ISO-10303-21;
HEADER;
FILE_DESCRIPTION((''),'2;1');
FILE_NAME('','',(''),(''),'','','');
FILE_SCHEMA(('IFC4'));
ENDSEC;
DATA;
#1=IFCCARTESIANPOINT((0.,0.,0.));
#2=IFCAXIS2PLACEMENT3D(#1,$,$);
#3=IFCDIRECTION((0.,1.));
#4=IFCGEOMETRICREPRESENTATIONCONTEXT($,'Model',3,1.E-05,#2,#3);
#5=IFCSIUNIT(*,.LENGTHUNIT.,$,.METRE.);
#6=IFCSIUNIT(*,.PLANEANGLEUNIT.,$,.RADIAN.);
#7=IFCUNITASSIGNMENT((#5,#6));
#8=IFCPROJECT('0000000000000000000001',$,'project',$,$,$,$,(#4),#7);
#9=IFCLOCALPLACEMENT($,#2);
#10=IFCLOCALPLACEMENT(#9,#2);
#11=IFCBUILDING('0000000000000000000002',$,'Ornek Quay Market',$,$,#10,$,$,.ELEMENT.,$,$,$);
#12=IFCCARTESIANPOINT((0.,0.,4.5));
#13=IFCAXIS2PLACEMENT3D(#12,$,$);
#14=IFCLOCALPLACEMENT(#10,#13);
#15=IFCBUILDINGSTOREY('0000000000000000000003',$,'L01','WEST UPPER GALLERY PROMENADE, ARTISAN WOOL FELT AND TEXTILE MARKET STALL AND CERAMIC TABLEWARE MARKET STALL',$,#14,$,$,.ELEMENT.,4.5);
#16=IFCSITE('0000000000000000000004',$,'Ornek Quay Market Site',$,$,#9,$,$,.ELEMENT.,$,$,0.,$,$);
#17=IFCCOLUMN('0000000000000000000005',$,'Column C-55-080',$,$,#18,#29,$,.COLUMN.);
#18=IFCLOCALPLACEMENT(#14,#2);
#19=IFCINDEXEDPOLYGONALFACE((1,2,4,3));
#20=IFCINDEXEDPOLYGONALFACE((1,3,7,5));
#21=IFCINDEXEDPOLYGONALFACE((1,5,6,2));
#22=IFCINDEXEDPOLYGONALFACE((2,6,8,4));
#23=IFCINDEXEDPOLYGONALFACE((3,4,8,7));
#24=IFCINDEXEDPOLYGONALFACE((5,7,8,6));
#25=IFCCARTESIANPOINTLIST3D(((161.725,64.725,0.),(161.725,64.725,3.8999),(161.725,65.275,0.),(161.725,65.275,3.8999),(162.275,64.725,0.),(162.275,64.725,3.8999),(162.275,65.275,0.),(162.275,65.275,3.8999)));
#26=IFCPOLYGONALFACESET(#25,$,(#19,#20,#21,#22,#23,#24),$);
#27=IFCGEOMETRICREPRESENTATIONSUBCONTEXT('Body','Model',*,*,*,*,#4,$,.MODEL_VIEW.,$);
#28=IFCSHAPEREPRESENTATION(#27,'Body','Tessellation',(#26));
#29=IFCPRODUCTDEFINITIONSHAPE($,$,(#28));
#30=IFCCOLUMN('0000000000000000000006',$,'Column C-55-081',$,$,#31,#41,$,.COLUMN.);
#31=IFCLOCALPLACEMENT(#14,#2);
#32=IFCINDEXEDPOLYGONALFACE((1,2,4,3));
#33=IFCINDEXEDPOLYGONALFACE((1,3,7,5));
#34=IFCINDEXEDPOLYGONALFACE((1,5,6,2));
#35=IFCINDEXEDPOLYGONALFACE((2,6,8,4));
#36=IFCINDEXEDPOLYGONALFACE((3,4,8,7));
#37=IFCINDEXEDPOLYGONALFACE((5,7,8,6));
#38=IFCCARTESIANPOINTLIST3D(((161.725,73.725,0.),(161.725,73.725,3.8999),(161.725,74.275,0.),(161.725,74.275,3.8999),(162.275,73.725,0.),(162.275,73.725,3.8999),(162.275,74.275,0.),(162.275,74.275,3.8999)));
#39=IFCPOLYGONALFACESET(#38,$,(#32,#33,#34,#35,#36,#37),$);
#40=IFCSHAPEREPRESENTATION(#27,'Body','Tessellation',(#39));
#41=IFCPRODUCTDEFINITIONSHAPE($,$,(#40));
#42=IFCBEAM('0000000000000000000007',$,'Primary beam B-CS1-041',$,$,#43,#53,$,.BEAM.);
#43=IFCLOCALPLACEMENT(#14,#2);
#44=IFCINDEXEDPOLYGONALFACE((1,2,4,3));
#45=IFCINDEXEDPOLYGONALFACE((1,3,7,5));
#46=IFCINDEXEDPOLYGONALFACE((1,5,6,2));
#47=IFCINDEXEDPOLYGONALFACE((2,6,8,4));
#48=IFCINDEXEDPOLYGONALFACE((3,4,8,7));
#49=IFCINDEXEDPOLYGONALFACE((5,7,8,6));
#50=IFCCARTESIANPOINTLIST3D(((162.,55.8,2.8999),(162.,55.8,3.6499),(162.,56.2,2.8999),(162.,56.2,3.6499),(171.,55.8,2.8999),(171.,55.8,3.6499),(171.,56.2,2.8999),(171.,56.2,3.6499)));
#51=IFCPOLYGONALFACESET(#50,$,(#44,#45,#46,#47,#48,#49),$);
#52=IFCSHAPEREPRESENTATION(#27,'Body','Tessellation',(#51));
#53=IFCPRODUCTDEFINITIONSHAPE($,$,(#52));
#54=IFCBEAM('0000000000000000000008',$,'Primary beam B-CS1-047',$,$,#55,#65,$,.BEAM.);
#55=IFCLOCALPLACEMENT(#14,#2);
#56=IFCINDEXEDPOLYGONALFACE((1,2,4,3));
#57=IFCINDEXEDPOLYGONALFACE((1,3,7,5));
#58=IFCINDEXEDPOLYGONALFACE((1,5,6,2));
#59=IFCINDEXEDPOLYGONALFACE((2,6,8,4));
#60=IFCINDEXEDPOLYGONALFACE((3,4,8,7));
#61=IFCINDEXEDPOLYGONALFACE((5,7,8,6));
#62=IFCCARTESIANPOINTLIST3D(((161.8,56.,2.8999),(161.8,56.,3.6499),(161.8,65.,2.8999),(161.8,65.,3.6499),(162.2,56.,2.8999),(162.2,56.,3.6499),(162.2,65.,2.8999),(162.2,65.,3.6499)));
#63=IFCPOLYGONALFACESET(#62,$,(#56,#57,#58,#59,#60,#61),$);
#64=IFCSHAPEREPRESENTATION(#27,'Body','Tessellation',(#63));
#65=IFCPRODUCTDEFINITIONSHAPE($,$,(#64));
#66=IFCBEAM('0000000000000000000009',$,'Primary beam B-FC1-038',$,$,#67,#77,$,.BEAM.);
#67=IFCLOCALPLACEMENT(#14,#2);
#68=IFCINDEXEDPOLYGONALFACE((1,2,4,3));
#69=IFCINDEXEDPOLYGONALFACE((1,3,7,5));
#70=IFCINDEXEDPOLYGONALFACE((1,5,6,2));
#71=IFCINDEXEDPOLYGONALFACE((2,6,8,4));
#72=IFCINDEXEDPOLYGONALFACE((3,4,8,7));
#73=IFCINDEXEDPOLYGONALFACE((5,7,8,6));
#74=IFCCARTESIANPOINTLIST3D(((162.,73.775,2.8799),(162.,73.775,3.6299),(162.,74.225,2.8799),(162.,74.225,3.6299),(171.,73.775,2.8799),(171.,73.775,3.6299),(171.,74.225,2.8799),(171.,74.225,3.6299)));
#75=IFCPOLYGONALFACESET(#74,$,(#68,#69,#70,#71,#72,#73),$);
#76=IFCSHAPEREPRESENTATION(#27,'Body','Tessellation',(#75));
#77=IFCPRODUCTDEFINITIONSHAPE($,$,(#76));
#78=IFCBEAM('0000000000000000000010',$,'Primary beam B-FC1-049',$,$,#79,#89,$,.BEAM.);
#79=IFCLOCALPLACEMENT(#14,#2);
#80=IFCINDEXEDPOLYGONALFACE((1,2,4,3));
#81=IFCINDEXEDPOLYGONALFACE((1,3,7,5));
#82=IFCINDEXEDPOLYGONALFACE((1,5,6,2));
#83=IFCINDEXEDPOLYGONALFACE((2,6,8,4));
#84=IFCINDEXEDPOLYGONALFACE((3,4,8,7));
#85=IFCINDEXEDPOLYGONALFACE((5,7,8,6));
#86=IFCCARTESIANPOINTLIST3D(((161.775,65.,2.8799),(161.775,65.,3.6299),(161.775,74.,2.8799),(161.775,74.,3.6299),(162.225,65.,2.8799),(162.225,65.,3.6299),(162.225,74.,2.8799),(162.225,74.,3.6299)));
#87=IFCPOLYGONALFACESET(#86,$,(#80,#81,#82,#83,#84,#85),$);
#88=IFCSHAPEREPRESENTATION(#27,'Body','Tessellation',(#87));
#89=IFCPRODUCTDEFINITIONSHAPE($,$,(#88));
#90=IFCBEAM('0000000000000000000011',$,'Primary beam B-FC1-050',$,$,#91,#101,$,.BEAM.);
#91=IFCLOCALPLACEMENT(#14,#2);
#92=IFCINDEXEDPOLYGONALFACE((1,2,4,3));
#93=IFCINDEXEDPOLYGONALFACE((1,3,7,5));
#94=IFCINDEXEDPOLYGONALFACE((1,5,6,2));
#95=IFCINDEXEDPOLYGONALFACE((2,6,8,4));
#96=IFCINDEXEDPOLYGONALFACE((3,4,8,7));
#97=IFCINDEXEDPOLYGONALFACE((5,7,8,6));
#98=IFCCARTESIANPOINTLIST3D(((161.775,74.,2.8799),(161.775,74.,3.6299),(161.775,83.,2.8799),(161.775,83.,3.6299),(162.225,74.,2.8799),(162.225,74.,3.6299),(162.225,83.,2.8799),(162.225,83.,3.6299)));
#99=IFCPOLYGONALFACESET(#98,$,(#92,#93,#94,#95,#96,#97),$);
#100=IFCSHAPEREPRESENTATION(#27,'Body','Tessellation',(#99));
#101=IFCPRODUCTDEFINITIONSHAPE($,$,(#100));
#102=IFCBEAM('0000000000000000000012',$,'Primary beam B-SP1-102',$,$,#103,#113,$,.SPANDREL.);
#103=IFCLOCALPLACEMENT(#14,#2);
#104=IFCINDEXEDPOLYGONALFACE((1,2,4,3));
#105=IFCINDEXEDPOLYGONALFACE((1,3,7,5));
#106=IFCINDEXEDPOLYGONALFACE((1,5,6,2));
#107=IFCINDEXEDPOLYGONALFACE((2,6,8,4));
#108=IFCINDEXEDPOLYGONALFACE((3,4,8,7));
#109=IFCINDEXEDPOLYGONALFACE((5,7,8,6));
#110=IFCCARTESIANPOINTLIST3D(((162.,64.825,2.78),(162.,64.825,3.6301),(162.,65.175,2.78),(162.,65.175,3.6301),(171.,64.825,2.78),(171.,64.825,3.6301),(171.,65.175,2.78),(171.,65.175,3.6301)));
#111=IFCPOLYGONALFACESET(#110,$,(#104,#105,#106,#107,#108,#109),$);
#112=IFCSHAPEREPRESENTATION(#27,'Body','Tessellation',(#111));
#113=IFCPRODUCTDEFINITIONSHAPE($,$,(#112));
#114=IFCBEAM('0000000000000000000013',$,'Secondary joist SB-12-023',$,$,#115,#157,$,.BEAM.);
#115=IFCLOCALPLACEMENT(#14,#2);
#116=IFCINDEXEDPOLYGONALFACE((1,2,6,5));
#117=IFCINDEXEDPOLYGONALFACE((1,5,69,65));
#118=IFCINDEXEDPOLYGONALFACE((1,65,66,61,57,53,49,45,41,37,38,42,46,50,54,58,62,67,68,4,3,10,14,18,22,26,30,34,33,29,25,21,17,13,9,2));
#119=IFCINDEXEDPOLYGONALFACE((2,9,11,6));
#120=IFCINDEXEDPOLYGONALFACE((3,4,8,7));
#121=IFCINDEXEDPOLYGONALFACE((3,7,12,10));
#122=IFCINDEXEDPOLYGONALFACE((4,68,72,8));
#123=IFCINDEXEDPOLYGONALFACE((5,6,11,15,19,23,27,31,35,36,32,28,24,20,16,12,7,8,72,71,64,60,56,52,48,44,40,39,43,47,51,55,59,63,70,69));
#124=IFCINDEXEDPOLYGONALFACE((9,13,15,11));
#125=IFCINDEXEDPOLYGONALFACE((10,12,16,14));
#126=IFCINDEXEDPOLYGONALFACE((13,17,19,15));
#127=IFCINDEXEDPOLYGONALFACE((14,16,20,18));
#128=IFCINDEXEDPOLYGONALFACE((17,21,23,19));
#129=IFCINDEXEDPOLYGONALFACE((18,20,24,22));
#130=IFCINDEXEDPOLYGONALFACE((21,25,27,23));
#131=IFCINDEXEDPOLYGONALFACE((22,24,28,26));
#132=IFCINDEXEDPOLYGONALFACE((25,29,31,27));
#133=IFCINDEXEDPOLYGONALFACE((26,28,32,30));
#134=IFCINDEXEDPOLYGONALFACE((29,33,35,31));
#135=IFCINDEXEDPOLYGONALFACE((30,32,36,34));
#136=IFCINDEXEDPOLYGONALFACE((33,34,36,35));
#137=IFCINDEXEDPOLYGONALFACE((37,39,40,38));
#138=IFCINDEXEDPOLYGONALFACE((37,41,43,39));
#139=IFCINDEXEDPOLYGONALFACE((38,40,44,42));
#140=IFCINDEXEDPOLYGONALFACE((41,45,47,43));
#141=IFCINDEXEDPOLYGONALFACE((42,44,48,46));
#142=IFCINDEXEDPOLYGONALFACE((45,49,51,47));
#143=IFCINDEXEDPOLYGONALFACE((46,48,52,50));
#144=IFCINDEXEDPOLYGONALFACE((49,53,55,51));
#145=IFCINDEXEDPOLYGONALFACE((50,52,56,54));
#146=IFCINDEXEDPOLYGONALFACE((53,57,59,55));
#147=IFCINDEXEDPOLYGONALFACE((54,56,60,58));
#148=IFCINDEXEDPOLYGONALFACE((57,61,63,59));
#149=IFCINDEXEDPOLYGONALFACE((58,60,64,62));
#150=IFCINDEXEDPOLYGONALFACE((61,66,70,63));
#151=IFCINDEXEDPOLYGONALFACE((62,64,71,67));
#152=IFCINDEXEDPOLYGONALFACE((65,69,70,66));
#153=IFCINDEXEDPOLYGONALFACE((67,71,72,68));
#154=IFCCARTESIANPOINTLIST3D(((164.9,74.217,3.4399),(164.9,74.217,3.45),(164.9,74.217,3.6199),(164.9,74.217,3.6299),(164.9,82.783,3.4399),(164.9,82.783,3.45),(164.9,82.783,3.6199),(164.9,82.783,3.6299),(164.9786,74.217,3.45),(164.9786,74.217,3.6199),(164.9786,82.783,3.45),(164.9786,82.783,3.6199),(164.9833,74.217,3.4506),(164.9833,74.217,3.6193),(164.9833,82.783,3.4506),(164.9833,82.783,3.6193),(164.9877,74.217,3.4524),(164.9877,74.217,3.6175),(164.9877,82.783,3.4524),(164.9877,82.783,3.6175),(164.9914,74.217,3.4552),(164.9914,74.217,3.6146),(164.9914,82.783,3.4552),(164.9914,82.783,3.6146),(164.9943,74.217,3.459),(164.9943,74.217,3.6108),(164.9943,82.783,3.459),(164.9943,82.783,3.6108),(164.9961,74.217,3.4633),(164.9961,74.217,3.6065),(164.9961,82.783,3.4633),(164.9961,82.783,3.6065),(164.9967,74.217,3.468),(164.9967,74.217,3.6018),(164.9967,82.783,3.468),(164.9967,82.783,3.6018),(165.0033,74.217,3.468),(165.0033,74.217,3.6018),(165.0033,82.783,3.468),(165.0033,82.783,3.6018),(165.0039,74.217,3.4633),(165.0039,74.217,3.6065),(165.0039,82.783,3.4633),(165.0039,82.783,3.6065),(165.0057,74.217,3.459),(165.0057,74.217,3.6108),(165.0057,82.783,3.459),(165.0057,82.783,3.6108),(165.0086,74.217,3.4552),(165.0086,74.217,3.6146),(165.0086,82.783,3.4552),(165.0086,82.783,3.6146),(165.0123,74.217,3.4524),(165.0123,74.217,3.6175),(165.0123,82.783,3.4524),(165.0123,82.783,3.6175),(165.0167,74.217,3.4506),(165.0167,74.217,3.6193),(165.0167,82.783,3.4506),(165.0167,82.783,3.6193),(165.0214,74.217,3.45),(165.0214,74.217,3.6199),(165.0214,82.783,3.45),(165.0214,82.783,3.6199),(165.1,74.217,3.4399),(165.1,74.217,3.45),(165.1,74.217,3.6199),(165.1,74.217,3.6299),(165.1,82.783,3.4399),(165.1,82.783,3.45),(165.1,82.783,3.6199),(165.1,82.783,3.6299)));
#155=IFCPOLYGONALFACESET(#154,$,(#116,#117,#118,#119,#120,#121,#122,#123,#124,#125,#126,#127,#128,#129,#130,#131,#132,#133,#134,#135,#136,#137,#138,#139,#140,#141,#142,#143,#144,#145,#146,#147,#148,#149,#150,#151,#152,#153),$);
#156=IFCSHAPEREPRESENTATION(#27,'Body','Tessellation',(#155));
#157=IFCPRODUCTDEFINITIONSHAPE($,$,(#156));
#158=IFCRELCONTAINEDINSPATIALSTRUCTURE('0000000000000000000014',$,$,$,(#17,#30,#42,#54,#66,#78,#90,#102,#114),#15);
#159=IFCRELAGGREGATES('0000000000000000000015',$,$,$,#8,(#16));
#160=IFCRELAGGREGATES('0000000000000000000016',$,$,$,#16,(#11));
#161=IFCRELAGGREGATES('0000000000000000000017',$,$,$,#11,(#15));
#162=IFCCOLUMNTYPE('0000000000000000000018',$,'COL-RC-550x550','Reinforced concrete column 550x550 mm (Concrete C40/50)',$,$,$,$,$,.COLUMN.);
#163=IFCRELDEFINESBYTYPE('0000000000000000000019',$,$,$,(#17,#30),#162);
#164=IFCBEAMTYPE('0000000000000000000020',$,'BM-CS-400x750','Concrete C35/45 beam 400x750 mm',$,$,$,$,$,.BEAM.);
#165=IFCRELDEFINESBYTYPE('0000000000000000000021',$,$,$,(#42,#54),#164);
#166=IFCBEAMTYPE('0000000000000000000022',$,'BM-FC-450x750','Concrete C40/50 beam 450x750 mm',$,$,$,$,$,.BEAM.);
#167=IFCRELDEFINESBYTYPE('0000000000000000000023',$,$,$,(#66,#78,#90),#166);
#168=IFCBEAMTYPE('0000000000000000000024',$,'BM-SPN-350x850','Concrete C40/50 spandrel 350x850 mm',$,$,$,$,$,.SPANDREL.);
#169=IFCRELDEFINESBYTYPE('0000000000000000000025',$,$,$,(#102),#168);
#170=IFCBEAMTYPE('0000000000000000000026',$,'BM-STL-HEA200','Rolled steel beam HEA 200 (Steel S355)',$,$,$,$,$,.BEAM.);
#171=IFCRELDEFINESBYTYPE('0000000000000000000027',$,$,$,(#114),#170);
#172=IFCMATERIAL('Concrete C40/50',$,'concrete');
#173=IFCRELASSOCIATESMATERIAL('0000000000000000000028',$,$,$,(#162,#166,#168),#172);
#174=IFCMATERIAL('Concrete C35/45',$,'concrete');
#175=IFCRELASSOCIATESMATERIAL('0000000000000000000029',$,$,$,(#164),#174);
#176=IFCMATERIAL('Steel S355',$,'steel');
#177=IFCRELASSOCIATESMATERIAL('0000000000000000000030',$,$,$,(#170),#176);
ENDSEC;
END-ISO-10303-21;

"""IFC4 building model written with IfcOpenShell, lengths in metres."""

from ifc_helpers import new_model, si_unit, direction, frame, origin, origin_2d, place, context, subcontext, project, spatial, rectangle, i_section, extrude, material, material_profile, profile_set, type_object, element, save


model = new_model("IFC4")

# Units and contexts
model_context = context("Model", 3, precision=1e-05, world=origin(), true_north=direction((0.0, 1.0)))
body_context = subcontext(model_context, "Body", "Model", "MODEL_VIEW")
ifc_project = project(units=[si_unit("LENGTHUNIT", "METRE"), si_unit("PLANEANGLEUNIT", "RADIAN")], contexts=[model_context])

# Site, building, storey
site_placement = place(None, origin())
site = spatial("IfcSite", under=ifc_project, at=site_placement, Name="Ornek Quay Market Site", CompositionType="ELEMENT", RefElevation=0.0)
building_placement = place(site_placement, origin())
building = spatial("IfcBuilding", under=site, at=building_placement, Name="Ornek Quay Market", CompositionType="ELEMENT")
storey_placement = place(building_placement, frame((0.0, 0.0, 4.5)))
storey = spatial("IfcBuildingStorey", under=building, at=storey_placement, Name="L01", Description="WEST UPPER GALLERY PROMENADE, ARTISAN WOOL FELT AND TEXTILE MARKET STALL AND CERAMIC TABLEWARE MARKET STALL", CompositionType="ELEMENT", Elevation=4.5)

# Columns
ifc_material_1 = material(Name="Concrete C40/50", Category="concrete")
ifc_material_profile_1 = material_profile(ifc_material_1, rectangle(XDim=0.55, YDim=0.55, at=origin_2d()), Name="RC 550x550", Category="concrete")
ifc_profile_set_1 = profile_set([ifc_material_profile_1], Name="Concrete C40/50")
column_type = type_object("IfcColumnType", Name="COL-RC-550x550", Description="Reinforced concrete column 550x550 mm (Concrete C40/50)", PredefinedType="COLUMN", material=ifc_profile_set_1)
for number, where, z_axis, x_axis, name in (
    (1, (162.0, 65.0, 0.0), (0.0, 0.0, 1.0), (1.0, 0.0, 0.0), "Column C-55-080"),
    (2, (162.0, 74.0, 0.0), (0.0, 0.0, 1.0), (1.0, 0.0, 0.0), "Column C-55-081"),
):
    element("IfcColumn", number, at=place(storey_placement, frame(where, z_axis=z_axis, x_axis=x_axis)), inside=storey, type_object=column_type, Name=name, PredefinedType="COLUMN", context=body_context, shape_type="SweptSolid", body=[
        extrude(rectangle(XDim=0.55, YDim=0.55, at=origin_2d()), origin(), (0.0, 0.0, 1.0), 3.8999),
    ])

# Beams
ifc_material_2 = material(Name="Concrete C35/45", Category="concrete")
ifc_material_profile_2 = material_profile(ifc_material_2, rectangle(XDim=0.3999, YDim=0.75, at=origin_2d()), Name="RC 400x750", Category="concrete")
ifc_profile_set_2 = profile_set([ifc_material_profile_2], Name="Concrete C35/45")
beam_type_1 = type_object("IfcBeamType", Name="BM-CS-400x750", Description="Concrete C35/45 beam 400x750 mm", PredefinedType="BEAM", material=ifc_profile_set_2)
for number, where, z_axis, x_axis, name in (
    (3, (162.0, 56.0, 3.2749), (1.0, 0.0, 0.0), (0.0, 1.0, 0.0), "Primary beam B-CS1-041"),
    (4, (162.0, 56.0, 3.2749), (0.0, 1.0, 0.0), (-1.0, 0.0, 0.0), "Primary beam B-CS1-047"),
):
    element("IfcBeam", number, at=place(storey_placement, frame(where, z_axis=z_axis, x_axis=x_axis)), inside=storey, type_object=beam_type_1, Name=name, PredefinedType="BEAM", context=body_context, shape_type="SweptSolid", body=[
        extrude(rectangle(XDim=0.3999, YDim=0.75, at=origin_2d()), origin(), (0.0, 0.0, 1.0), 9.0),
    ])
ifc_material_profile_3 = material_profile(ifc_material_1, rectangle(XDim=0.45, YDim=0.75, at=origin_2d()), Name="RC 450x750", Category="concrete")
ifc_profile_set_3 = profile_set([ifc_material_profile_3], Name="Concrete C40/50")
beam_type_2 = type_object("IfcBeamType", Name="BM-FC-450x750", Description="Concrete C40/50 beam 450x750 mm", PredefinedType="BEAM", material=ifc_profile_set_3)
for number, where, z_axis, x_axis, name in (
    (5, (162.0, 74.0, 3.2549), (1.0, 0.0, 0.0), (0.0, 1.0, 0.0), "Primary beam B-FC1-038"),
    (6, (162.0, 65.0, 3.2549), (0.0, 1.0, 0.0), (-1.0, 0.0, 0.0), "Primary beam B-FC1-049"),
    (7, (162.0, 74.0, 3.2549), (0.0, 1.0, 0.0), (-1.0, 0.0, 0.0), "Primary beam B-FC1-050"),
):
    element("IfcBeam", number, at=place(storey_placement, frame(where, z_axis=z_axis, x_axis=x_axis)), inside=storey, type_object=beam_type_2, Name=name, PredefinedType="BEAM", context=body_context, shape_type="SweptSolid", body=[
        extrude(rectangle(XDim=0.45, YDim=0.75, at=origin_2d()), origin(), (0.0, 0.0, 1.0), 9.0),
    ])
ifc_material_profile_4 = material_profile(ifc_material_1, rectangle(XDim=0.3501, YDim=0.8501, at=origin_2d()), Name="RC 350x850", Category="concrete")
ifc_profile_set_4 = profile_set([ifc_material_profile_4], Name="Concrete C40/50")
beam_type_3 = type_object("IfcBeamType", Name="BM-SPN-350x850", Description="Concrete C40/50 spandrel 350x850 mm", PredefinedType="SPANDREL", material=ifc_profile_set_4)
beam_1_placement = place(storey_placement, frame((162.0, 65.0, 3.2051), z_axis=(1.0, 0.0, 0.0), x_axis=(0.0, 1.0, 0.0)))
element("IfcBeam", 8, at=beam_1_placement, inside=storey, type_object=beam_type_3, Name="Primary beam B-SP1-102", PredefinedType="SPANDREL", context=body_context, shape_type="SweptSolid", body=[
    extrude(rectangle(XDim=0.3501, YDim=0.8501, at=origin_2d()), origin(), (0.0, 0.0, 1.0), 9.0),
])
ifc_material_3 = material(Name="Steel S355", Category="steel")
ifc_material_profile_5 = material_profile(ifc_material_3, i_section(OverallWidth=0.2, OverallDepth=0.1899, WebThickness=0.0066, FlangeThickness=0.01, FilletRadius=0.0181, at=origin_2d()), Name="HEA 200", Category="steel")
ifc_profile_set_5 = profile_set([ifc_material_profile_5], Name="Steel S355")
beam_type_4 = type_object("IfcBeamType", Name="BM-STL-HEA200", Description="Rolled steel beam HEA 200 (Steel S355)", PredefinedType="BEAM", material=ifc_profile_set_5)
beam_2_placement = place(storey_placement, frame((165.0, 74.217, 3.5349), z_axis=(0.0, 1.0, 0.0), x_axis=(-1.0, 0.0, 0.0)))
element("IfcBeam", 9, at=beam_2_placement, inside=storey, type_object=beam_type_4, Name="Secondary joist SB-12-023", PredefinedType="BEAM", context=body_context, shape_type="SweptSolid", body=[
    extrude(i_section(OverallWidth=0.2, OverallDepth=0.1899, WebThickness=0.0066, FlangeThickness=0.01, FilletRadius=0.0181, at=origin_2d()), origin(), (0.0, 0.0, 1.0), 8.5659),
])

save(model, "model.ifc")
